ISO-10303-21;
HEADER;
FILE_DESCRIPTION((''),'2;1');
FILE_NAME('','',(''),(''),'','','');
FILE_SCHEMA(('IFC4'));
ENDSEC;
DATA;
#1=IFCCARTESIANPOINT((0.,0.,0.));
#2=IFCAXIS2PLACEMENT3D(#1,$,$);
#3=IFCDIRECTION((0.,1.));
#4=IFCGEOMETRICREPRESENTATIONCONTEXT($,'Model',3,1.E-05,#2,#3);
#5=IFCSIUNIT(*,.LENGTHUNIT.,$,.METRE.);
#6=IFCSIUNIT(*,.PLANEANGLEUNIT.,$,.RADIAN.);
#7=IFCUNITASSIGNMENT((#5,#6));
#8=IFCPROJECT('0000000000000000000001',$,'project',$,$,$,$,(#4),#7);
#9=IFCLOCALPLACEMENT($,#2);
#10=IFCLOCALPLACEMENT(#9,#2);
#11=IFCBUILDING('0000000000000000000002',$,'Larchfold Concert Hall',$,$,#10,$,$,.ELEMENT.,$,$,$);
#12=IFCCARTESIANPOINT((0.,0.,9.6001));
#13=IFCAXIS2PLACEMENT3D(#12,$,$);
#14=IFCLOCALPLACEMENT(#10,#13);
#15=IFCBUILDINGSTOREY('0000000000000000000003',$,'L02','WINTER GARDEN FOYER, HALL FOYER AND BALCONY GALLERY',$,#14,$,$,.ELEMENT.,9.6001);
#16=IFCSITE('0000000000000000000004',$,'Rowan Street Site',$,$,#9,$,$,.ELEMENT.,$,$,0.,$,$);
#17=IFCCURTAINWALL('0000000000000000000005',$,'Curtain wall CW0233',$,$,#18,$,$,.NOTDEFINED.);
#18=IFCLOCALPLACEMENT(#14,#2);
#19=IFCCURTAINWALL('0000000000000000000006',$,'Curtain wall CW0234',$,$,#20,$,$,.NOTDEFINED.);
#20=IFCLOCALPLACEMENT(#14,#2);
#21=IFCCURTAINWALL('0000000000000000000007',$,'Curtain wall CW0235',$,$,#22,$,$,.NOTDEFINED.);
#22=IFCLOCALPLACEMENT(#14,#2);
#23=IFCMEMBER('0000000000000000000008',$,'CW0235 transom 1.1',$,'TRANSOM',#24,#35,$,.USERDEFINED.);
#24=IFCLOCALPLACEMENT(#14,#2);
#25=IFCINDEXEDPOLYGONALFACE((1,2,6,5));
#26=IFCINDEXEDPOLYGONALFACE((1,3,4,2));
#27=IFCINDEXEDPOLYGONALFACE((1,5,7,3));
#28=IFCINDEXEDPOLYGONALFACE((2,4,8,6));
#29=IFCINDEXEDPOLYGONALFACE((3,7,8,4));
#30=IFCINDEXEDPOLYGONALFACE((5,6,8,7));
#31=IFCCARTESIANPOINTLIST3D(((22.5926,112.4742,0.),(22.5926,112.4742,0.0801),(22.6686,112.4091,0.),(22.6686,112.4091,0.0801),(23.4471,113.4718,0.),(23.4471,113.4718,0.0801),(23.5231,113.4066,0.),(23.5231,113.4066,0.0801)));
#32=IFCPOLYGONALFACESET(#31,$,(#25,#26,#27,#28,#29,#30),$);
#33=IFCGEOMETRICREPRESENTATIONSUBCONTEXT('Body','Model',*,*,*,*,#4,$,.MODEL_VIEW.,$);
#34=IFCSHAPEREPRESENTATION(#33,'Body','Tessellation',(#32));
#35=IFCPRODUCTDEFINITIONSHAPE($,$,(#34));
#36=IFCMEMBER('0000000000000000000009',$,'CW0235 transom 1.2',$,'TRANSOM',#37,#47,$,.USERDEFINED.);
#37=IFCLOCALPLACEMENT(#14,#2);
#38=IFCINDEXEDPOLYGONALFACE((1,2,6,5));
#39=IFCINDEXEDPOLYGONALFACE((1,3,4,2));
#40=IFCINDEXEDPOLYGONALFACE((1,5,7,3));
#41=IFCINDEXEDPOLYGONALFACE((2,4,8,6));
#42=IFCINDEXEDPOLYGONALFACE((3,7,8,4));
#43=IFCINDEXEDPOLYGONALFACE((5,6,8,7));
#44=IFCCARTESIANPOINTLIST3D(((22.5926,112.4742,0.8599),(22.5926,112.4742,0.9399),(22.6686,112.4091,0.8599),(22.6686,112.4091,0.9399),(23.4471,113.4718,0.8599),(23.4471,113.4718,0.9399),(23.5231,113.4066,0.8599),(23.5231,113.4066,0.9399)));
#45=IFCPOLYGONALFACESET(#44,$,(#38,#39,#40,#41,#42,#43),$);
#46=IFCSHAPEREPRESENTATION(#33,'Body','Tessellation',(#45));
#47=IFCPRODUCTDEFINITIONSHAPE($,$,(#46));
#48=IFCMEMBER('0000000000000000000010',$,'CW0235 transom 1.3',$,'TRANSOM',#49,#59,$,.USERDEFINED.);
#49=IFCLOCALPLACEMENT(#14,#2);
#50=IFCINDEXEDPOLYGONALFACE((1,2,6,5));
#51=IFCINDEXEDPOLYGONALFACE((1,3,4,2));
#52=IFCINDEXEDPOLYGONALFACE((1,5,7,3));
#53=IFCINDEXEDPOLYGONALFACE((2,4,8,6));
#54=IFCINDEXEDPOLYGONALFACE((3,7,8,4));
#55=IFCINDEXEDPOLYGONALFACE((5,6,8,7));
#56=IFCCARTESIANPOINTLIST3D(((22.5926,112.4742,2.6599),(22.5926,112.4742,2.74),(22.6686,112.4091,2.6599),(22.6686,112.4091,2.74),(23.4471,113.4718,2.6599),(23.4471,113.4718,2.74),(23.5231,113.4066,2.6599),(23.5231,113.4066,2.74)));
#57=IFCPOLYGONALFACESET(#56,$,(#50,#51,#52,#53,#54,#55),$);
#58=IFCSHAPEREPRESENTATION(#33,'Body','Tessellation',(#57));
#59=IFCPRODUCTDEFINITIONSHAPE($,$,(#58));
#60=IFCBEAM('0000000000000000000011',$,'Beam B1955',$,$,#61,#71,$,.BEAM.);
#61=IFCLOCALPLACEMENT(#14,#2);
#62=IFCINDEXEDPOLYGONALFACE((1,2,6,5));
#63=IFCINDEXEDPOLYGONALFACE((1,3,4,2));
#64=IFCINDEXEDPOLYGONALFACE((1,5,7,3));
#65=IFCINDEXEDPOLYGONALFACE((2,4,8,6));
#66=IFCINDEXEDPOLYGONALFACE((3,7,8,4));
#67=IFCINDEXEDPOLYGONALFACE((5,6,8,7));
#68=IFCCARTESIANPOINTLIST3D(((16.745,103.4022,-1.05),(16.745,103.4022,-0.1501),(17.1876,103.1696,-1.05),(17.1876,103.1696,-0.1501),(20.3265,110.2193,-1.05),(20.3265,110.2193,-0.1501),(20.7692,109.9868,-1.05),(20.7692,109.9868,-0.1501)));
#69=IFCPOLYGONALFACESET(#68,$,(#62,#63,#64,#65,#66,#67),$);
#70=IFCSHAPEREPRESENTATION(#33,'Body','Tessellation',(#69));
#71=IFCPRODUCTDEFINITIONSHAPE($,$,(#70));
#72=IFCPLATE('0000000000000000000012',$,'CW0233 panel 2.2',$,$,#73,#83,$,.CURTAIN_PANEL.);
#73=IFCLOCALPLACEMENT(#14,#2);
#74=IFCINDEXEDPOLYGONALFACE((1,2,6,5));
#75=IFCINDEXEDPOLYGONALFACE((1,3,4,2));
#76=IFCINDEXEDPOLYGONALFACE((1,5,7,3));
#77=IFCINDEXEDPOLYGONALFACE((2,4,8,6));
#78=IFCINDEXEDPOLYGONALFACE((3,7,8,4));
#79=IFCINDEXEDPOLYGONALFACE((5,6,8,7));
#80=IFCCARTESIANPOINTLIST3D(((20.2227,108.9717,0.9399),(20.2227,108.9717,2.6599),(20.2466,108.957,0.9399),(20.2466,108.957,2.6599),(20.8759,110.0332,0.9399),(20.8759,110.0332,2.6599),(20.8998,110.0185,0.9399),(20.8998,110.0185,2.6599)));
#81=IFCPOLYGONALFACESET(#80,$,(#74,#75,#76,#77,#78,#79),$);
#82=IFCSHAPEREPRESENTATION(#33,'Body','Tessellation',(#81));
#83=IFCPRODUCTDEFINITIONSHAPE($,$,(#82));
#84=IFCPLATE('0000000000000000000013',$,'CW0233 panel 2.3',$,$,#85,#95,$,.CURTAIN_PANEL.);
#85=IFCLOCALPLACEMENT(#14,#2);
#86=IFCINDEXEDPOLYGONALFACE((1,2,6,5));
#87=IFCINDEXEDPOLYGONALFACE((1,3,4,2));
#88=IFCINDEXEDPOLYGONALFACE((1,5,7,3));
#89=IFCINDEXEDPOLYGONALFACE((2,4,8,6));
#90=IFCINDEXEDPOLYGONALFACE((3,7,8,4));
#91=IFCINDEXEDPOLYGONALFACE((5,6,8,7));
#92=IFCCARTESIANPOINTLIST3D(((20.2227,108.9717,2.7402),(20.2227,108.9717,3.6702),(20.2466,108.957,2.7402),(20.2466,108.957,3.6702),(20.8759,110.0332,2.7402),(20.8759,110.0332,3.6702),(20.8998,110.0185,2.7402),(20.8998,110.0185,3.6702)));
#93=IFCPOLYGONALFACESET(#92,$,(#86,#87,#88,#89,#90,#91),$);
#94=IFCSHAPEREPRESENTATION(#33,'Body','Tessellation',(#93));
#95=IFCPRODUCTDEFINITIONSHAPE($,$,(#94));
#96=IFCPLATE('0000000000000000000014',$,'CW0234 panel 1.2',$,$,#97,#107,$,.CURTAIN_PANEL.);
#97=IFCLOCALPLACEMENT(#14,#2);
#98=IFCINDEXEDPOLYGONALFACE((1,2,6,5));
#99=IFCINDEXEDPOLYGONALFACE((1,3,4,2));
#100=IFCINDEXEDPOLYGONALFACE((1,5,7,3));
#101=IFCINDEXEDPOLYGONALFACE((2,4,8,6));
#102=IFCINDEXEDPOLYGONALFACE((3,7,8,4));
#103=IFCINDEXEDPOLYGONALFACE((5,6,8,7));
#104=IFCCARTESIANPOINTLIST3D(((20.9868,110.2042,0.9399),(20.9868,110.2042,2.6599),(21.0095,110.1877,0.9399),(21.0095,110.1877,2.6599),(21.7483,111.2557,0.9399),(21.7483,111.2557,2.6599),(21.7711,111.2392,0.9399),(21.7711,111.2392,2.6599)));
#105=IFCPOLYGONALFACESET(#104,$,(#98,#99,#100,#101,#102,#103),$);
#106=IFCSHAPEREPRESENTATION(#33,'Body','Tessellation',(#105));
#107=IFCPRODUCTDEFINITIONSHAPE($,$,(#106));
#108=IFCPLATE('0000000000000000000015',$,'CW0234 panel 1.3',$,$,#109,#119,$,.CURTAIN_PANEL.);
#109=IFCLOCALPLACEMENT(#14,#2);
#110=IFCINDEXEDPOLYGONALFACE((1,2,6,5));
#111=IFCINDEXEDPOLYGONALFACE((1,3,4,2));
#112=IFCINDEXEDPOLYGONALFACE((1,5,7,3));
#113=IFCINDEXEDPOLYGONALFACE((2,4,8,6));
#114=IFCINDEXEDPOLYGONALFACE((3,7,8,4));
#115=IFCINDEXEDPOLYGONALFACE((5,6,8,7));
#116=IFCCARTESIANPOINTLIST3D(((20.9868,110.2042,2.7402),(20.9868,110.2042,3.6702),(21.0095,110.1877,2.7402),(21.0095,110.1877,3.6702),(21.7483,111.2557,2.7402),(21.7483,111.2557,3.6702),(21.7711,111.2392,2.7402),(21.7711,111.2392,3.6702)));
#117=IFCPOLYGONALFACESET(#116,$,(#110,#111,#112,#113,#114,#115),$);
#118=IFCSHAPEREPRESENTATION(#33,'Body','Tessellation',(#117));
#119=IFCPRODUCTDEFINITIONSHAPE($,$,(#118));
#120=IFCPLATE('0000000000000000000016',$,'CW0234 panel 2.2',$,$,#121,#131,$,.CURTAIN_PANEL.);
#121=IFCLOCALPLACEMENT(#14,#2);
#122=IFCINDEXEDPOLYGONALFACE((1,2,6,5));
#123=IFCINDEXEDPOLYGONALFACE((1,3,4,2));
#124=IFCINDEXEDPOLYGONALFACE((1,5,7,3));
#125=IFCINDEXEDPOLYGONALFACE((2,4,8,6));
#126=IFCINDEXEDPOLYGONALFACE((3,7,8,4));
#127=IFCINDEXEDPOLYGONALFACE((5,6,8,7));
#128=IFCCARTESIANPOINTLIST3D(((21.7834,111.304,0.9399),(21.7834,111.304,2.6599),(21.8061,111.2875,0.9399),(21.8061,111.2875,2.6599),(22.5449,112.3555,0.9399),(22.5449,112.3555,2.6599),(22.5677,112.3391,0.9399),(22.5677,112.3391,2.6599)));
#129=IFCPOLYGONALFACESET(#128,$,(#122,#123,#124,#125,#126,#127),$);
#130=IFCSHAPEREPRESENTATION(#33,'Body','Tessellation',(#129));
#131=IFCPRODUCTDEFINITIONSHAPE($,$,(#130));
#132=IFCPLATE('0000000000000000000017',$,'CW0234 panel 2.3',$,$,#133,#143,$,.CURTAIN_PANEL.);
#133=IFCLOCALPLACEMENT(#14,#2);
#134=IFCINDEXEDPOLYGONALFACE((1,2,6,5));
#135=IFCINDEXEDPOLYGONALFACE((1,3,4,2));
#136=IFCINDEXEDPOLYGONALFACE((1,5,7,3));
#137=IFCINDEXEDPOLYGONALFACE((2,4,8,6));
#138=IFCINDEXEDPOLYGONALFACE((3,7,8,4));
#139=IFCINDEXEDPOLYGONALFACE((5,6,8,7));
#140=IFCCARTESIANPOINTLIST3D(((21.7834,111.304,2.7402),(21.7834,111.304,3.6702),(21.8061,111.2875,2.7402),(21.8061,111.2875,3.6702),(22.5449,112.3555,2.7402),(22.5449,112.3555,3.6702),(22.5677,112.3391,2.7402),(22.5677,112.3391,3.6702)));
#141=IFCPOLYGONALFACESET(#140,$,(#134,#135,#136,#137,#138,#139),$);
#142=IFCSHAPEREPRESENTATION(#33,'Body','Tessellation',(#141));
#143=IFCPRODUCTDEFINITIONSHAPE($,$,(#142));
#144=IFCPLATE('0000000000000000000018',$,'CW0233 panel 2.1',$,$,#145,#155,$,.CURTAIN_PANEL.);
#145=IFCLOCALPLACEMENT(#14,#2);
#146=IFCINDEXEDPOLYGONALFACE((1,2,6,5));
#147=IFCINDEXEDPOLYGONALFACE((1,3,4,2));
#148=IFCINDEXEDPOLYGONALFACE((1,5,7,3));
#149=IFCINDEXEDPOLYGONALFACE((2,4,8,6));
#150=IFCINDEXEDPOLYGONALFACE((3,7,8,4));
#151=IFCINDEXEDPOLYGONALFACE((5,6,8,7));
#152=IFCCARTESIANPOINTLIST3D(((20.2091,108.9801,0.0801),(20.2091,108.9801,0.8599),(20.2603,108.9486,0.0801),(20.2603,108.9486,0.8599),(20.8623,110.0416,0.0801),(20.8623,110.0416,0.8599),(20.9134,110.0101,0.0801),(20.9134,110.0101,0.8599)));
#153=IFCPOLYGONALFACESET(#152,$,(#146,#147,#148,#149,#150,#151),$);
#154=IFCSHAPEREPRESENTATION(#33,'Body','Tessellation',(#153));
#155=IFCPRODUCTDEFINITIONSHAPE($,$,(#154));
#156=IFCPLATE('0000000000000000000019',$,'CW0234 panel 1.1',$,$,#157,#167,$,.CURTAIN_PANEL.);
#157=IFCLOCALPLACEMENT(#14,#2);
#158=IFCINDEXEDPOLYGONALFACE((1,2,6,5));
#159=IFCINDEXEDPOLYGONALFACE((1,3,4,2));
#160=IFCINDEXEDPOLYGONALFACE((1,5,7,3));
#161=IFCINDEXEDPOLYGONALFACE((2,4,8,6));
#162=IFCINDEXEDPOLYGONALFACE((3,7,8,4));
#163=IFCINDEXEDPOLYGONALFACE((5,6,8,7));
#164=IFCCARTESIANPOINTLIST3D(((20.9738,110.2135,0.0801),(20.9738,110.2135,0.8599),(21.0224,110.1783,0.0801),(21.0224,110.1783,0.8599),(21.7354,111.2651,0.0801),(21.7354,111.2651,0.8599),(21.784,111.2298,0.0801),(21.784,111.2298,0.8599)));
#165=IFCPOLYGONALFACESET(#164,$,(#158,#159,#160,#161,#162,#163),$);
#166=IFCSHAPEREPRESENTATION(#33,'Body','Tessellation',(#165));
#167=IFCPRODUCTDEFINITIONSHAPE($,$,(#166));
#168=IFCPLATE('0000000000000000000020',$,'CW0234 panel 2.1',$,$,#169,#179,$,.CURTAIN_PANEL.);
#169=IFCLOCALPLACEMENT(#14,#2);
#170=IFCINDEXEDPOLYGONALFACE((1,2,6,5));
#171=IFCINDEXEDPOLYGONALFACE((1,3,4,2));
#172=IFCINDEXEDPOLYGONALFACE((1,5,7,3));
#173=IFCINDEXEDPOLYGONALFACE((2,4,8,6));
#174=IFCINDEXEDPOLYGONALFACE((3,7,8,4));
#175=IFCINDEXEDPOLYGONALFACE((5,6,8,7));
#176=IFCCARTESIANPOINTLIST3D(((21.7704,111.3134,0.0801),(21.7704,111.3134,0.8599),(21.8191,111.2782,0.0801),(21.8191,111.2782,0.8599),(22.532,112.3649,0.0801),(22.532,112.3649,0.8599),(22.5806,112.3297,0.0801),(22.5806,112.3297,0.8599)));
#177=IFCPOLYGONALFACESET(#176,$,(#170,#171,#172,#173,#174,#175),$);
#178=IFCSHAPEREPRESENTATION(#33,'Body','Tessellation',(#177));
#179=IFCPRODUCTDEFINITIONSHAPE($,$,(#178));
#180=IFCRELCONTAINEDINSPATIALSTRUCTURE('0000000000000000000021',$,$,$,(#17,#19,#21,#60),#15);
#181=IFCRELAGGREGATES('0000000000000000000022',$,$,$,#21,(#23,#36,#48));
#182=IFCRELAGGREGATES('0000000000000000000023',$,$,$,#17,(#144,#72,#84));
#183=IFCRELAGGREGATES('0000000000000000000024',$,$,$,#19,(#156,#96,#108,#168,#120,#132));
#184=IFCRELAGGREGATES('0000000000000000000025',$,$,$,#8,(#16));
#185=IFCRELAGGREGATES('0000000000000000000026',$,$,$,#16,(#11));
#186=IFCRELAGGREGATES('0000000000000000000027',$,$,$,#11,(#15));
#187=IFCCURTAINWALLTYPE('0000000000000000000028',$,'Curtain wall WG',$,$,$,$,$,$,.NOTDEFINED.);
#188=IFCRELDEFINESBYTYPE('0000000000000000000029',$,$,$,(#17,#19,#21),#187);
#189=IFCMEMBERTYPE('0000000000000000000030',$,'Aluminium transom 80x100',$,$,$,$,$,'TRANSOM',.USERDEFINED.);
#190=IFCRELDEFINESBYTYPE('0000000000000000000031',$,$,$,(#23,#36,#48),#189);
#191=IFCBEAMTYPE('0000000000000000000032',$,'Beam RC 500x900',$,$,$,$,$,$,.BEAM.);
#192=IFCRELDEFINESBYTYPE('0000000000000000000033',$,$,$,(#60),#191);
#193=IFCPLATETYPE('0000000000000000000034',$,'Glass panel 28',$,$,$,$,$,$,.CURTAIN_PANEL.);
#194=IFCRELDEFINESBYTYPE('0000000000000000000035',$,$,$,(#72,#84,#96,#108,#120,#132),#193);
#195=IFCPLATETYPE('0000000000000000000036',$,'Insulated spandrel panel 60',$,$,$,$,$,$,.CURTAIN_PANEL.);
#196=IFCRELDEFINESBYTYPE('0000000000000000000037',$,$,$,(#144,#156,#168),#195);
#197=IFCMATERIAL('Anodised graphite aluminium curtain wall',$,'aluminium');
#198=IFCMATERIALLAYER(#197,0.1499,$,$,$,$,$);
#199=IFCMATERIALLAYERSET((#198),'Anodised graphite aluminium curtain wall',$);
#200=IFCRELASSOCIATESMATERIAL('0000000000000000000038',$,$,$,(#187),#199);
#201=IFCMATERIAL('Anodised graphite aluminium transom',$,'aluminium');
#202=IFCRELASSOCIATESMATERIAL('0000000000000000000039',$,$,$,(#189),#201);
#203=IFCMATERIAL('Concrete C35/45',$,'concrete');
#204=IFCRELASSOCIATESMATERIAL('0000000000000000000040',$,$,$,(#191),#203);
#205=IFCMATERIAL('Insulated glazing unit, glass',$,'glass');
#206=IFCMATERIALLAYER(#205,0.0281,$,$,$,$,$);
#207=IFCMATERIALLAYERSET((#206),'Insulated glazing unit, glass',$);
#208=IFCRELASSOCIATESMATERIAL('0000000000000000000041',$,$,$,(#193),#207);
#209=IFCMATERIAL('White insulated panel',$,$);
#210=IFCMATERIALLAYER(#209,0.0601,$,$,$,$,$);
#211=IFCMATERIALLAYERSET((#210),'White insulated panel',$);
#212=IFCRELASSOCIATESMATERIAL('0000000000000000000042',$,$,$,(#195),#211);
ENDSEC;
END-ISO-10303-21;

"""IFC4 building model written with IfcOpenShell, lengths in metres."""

from ifc_helpers import new_model, si_unit, direction, frame, origin, origin_2d, place, context, subcontext, project, spatial, rectangle, extrude, material, layer, layer_set, material_profile, profile_set, type_object, element, aggregate, save


model = new_model("IFC4")

# Units and contexts
model_context = context("Model", 3, precision=1e-05, world=origin(), true_north=direction((0.0, 1.0)))
body_context = subcontext(model_context, "Body", "Model", "MODEL_VIEW")
ifc_project = project(units=[si_unit("LENGTHUNIT", "METRE"), si_unit("PLANEANGLEUNIT", "RADIAN")], contexts=[model_context])

# Site, building, storey
site_placement = place(None, origin())
site = spatial("IfcSite", under=ifc_project, at=site_placement, Name="Rowan Street Site", CompositionType="ELEMENT", RefElevation=0.0)
building_placement = place(site_placement, origin())
building = spatial("IfcBuilding", under=site, at=building_placement, Name="Larchfold Concert Hall", CompositionType="ELEMENT")
storey_placement = place(building_placement, frame((0.0, 0.0, 9.6001)))
storey = spatial("IfcBuildingStorey", under=building, at=storey_placement, Name="L02", Description="WINTER GARDEN FOYER, HALL FOYER AND BALCONY GALLERY", CompositionType="ELEMENT", Elevation=9.6001)

# Curtain wall
ifc_material_1 = material(Name="Anodised graphite aluminium curtain wall", Category="aluminium")
ifc_layer_1 = layer(ifc_material_1, 0.1499)
ifc_layer_set_1 = layer_set([ifc_layer_1], Name="Anodised graphite aluminium curtain wall")
curtain_wall_type = type_object("IfcCurtainWallType", Name="Curtain wall WG", PredefinedType="NOTDEFINED", material=ifc_layer_set_1)
curtain_wall_1_placement = place(storey_placement, origin())
curtain_wall_1 = element("IfcCurtainWall", 1, at=curtain_wall_1_placement, inside=storey, type_object=curtain_wall_type, Name="Curtain wall CW0233", PredefinedType="NOTDEFINED")

# Curtain wall
curtain_wall_2_placement = place(storey_placement, origin())
curtain_wall_2 = element("IfcCurtainWall", 2, at=curtain_wall_2_placement, inside=storey, type_object=curtain_wall_type, Name="Curtain wall CW0234", PredefinedType="NOTDEFINED")

# Curtain wall
curtain_wall_3_placement = place(storey_placement, origin())
curtain_wall_3 = element("IfcCurtainWall", 3, at=curtain_wall_3_placement, inside=storey, type_object=curtain_wall_type, Name="Curtain wall CW0235", PredefinedType="NOTDEFINED")

# Members
ifc_material_2 = material(Name="Anodised graphite aluminium transom", Category="aluminium")
ifc_material_profile_1 = material_profile(ifc_material_2, rectangle(XDim=0.1001, YDim=0.0801, at=origin_2d()))
ifc_profile_set_1 = profile_set([ifc_material_profile_1], Name="Anodised graphite aluminium transom")
member_type_1 = type_object("IfcMemberType", Name="Aluminium transom 80x100", ElementType="TRANSOM", PredefinedType="USERDEFINED", material=ifc_profile_set_1)
member_1_placement = place(storey_placement, frame((22.6306, 112.4417, 0.04), z_axis=(0.650546, 0.759466, 0.0), x_axis=(-0.759466, 0.650546, 0.0)))
member_1 = element("IfcMember", 4, at=member_1_placement, type_object=member_type_1, Name="CW0235 transom 1.1", ObjectType="TRANSOM", PredefinedType="USERDEFINED", context=body_context, shape_type="SweptSolid", body=[
    extrude(rectangle(XDim=0.1001, YDim=0.0801, at=origin_2d()), origin(), (0.0, 0.0, 1.0), 1.3135),
])
member_2_placement = place(storey_placement, frame((22.6306, 112.4417, 0.8999), z_axis=(0.650546, 0.759466, 0.0), x_axis=(-0.759466, 0.650546, 0.0)))
member_2 = element("IfcMember", 5, at=member_2_placement, type_object=member_type_1, Name="CW0235 transom 1.2", ObjectType="TRANSOM", PredefinedType="USERDEFINED", context=body_context, shape_type="SweptSolid", body=[
    extrude(rectangle(XDim=0.1001, YDim=0.0801, at=origin_2d()), origin(), (0.0, 0.0, 1.0), 1.3135),
])
member_3_placement = place(storey_placement, frame((22.6306, 112.4417, 2.7), z_axis=(0.650546, 0.759466, 0.0), x_axis=(-0.759466, 0.650546, 0.0)))
member_3 = element("IfcMember", 6, at=member_3_placement, type_object=member_type_1, Name="CW0235 transom 1.3", ObjectType="TRANSOM", PredefinedType="USERDEFINED", context=body_context, shape_type="SweptSolid", body=[
    extrude(rectangle(XDim=0.1001, YDim=0.0801, at=origin_2d()), origin(), (0.0, 0.0, 1.0), 1.3135),
])
aggregate(curtain_wall_3, [member_1, member_2, member_3])

# Beam
ifc_material_3 = material(Name="Concrete C35/45", Category="concrete")
ifc_material_profile_2 = material_profile(ifc_material_3, rectangle(XDim=0.5, YDim=0.8999, at=origin_2d()))
ifc_profile_set_2 = profile_set([ifc_material_profile_2], Name="Concrete C35/45")
beam_type = type_object("IfcBeamType", Name="Beam RC 500x900", PredefinedType="BEAM", material=ifc_profile_set_2)
beam_placement = place(storey_placement, frame((20.5479, 110.103, -0.6001), z_axis=(-0.465093, -0.885262, 0.0), x_axis=(0.885262, -0.465093, 0.0)))
element("IfcBeam", 7, at=beam_placement, inside=storey, type_object=beam_type, Name="Beam B1955", PredefinedType="BEAM", context=body_context, shape_type="SweptSolid", body=[
    extrude(rectangle(XDim=0.5, YDim=0.8999, at=origin_2d()), origin(), (0.0, 0.0, 1.0), 7.7007),
])

# Plates
ifc_material_4 = material(Name="Insulated glazing unit, glass", Category="glass")
ifc_layer_2 = layer(ifc_material_4, 0.0281)
ifc_layer_set_2 = layer_set([ifc_layer_2], Name="Insulated glazing unit, glass")
plate_type_1 = type_object("IfcPlateType", Name="Glass panel 28", PredefinedType="CURTAIN_PANEL", material=ifc_layer_set_2)
plate_1_placement = place(storey_placement, frame((20.5613, 109.4951, 0.9399), z_axis=(0.0, 0.0, 1.0), x_axis=(0.524082, 0.851668, 0.0)))
plate_1 = element("IfcPlate", 8, at=plate_1_placement, type_object=plate_type_1, Name="CW0233 panel 2.2", PredefinedType="CURTAIN_PANEL", context=body_context, shape_type="SweptSolid", body=[
    extrude(rectangle(XDim=1.2463, YDim=0.0281, at=origin_2d()), origin(), (0.0, 0.0, 1.0), 1.72),
])
plate_2_placement = place(storey_placement, frame((20.5613, 109.4951, 2.7402), z_axis=(0.0, 0.0, 1.0), x_axis=(0.524082, 0.851668, 0.0)))
plate_2 = element("IfcPlate", 9, at=plate_2_placement, type_object=plate_type_1, Name="CW0233 panel 2.3", PredefinedType="CURTAIN_PANEL", context=body_context, shape_type="SweptSolid", body=[
    extrude(rectangle(XDim=1.2463, YDim=0.0281, at=origin_2d()), origin(), (0.0, 0.0, 1.0), 0.9299),
])
plate_3_placement = place(storey_placement, frame((21.3789, 110.7217, 0.9399), z_axis=(0.0, 0.0, 1.0), x_axis=(0.586566, 0.809902, 0.0)))
plate_3 = element("IfcPlate", 10, at=plate_3_placement, type_object=plate_type_1, Name="CW0234 panel 1.2", PredefinedType="CURTAIN_PANEL", context=body_context, shape_type="SweptSolid", body=[
    extrude(rectangle(XDim=1.2983, YDim=0.0281, at=origin_2d()), origin(), (0.0, 0.0, 1.0), 1.72),
])
plate_4_placement = place(storey_placement, frame((21.3789, 110.7217, 2.7402), z_axis=(0.0, 0.0, 1.0), x_axis=(0.586566, 0.809902, 0.0)))
plate_4 = element("IfcPlate", 11, at=plate_4_placement, type_object=plate_type_1, Name="CW0234 panel 1.3", PredefinedType="CURTAIN_PANEL", context=body_context, shape_type="SweptSolid", body=[
    extrude(rectangle(XDim=1.2983, YDim=0.0281, at=origin_2d()), origin(), (0.0, 0.0, 1.0), 0.9299),
])
plate_5_placement = place(storey_placement, frame((22.1755, 111.8215, 0.9399), z_axis=(0.0, 0.0, 1.0), x_axis=(0.586566, 0.809902, 0.0)))
plate_5 = element("IfcPlate", 12, at=plate_5_placement, type_object=plate_type_1, Name="CW0234 panel 2.2", PredefinedType="CURTAIN_PANEL", context=body_context, shape_type="SweptSolid", body=[
    extrude(rectangle(XDim=1.2983, YDim=0.0281, at=origin_2d()), origin(), (0.0, 0.0, 1.0), 1.72),
])
plate_6_placement = place(storey_placement, frame((22.1755, 111.8215, 2.7402), z_axis=(0.0, 0.0, 1.0), x_axis=(0.586566, 0.809902, 0.0)))
plate_6 = element("IfcPlate", 13, at=plate_6_placement, type_object=plate_type_1, Name="CW0234 panel 2.3", PredefinedType="CURTAIN_PANEL", context=body_context, shape_type="SweptSolid", body=[
    extrude(rectangle(XDim=1.2983, YDim=0.0281, at=origin_2d()), origin(), (0.0, 0.0, 1.0), 0.9299),
])
ifc_material_5 = material(Name="White insulated panel")
ifc_layer_3 = layer(ifc_material_5, 0.0601)
ifc_layer_set_3 = layer_set([ifc_layer_3], Name="White insulated panel")
plate_type_2 = type_object("IfcPlateType", Name="Insulated spandrel panel 60", PredefinedType="CURTAIN_PANEL", material=ifc_layer_set_3)
plate_7_placement = place(storey_placement, frame((20.5613, 109.4951, 0.0801), z_axis=(0.0, 0.0, 1.0), x_axis=(0.524082, 0.851668, 0.0)))
plate_7 = element("IfcPlate", 14, at=plate_7_placement, type_object=plate_type_2, Name="CW0233 panel 2.1", PredefinedType="CURTAIN_PANEL", context=body_context, shape_type="SweptSolid", body=[
    extrude(rectangle(XDim=1.2463, YDim=0.0601, at=origin_2d()), origin(), (0.0, 0.0, 1.0), 0.7798),
])
aggregate(curtain_wall_1, [plate_7, plate_1, plate_2])
plate_8_placement = place(storey_placement, frame((21.3789, 110.7217, 0.0801), z_axis=(0.0, 0.0, 1.0), x_axis=(0.586566, 0.809902, 0.0)))
plate_8 = element("IfcPlate", 15, at=plate_8_placement, type_object=plate_type_2, Name="CW0234 panel 1.1", PredefinedType="CURTAIN_PANEL", context=body_context, shape_type="SweptSolid", body=[
    extrude(rectangle(XDim=1.2983, YDim=0.0601, at=origin_2d()), origin(), (0.0, 0.0, 1.0), 0.7798),
])
plate_9_placement = place(storey_placement, frame((22.1755, 111.8215, 0.0801), z_axis=(0.0, 0.0, 1.0), x_axis=(0.586566, 0.809902, 0.0)))
plate_9 = element("IfcPlate", 16, at=plate_9_placement, type_object=plate_type_2, Name="CW0234 panel 2.1", PredefinedType="CURTAIN_PANEL", context=body_context, shape_type="SweptSolid", body=[
    extrude(rectangle(XDim=1.2983, YDim=0.0601, at=origin_2d()), origin(), (0.0, 0.0, 1.0), 0.7798),
])
aggregate(curtain_wall_2, [plate_8, plate_3, plate_4, plate_9, plate_5, plate_6])

save(model, "model.ifc")
